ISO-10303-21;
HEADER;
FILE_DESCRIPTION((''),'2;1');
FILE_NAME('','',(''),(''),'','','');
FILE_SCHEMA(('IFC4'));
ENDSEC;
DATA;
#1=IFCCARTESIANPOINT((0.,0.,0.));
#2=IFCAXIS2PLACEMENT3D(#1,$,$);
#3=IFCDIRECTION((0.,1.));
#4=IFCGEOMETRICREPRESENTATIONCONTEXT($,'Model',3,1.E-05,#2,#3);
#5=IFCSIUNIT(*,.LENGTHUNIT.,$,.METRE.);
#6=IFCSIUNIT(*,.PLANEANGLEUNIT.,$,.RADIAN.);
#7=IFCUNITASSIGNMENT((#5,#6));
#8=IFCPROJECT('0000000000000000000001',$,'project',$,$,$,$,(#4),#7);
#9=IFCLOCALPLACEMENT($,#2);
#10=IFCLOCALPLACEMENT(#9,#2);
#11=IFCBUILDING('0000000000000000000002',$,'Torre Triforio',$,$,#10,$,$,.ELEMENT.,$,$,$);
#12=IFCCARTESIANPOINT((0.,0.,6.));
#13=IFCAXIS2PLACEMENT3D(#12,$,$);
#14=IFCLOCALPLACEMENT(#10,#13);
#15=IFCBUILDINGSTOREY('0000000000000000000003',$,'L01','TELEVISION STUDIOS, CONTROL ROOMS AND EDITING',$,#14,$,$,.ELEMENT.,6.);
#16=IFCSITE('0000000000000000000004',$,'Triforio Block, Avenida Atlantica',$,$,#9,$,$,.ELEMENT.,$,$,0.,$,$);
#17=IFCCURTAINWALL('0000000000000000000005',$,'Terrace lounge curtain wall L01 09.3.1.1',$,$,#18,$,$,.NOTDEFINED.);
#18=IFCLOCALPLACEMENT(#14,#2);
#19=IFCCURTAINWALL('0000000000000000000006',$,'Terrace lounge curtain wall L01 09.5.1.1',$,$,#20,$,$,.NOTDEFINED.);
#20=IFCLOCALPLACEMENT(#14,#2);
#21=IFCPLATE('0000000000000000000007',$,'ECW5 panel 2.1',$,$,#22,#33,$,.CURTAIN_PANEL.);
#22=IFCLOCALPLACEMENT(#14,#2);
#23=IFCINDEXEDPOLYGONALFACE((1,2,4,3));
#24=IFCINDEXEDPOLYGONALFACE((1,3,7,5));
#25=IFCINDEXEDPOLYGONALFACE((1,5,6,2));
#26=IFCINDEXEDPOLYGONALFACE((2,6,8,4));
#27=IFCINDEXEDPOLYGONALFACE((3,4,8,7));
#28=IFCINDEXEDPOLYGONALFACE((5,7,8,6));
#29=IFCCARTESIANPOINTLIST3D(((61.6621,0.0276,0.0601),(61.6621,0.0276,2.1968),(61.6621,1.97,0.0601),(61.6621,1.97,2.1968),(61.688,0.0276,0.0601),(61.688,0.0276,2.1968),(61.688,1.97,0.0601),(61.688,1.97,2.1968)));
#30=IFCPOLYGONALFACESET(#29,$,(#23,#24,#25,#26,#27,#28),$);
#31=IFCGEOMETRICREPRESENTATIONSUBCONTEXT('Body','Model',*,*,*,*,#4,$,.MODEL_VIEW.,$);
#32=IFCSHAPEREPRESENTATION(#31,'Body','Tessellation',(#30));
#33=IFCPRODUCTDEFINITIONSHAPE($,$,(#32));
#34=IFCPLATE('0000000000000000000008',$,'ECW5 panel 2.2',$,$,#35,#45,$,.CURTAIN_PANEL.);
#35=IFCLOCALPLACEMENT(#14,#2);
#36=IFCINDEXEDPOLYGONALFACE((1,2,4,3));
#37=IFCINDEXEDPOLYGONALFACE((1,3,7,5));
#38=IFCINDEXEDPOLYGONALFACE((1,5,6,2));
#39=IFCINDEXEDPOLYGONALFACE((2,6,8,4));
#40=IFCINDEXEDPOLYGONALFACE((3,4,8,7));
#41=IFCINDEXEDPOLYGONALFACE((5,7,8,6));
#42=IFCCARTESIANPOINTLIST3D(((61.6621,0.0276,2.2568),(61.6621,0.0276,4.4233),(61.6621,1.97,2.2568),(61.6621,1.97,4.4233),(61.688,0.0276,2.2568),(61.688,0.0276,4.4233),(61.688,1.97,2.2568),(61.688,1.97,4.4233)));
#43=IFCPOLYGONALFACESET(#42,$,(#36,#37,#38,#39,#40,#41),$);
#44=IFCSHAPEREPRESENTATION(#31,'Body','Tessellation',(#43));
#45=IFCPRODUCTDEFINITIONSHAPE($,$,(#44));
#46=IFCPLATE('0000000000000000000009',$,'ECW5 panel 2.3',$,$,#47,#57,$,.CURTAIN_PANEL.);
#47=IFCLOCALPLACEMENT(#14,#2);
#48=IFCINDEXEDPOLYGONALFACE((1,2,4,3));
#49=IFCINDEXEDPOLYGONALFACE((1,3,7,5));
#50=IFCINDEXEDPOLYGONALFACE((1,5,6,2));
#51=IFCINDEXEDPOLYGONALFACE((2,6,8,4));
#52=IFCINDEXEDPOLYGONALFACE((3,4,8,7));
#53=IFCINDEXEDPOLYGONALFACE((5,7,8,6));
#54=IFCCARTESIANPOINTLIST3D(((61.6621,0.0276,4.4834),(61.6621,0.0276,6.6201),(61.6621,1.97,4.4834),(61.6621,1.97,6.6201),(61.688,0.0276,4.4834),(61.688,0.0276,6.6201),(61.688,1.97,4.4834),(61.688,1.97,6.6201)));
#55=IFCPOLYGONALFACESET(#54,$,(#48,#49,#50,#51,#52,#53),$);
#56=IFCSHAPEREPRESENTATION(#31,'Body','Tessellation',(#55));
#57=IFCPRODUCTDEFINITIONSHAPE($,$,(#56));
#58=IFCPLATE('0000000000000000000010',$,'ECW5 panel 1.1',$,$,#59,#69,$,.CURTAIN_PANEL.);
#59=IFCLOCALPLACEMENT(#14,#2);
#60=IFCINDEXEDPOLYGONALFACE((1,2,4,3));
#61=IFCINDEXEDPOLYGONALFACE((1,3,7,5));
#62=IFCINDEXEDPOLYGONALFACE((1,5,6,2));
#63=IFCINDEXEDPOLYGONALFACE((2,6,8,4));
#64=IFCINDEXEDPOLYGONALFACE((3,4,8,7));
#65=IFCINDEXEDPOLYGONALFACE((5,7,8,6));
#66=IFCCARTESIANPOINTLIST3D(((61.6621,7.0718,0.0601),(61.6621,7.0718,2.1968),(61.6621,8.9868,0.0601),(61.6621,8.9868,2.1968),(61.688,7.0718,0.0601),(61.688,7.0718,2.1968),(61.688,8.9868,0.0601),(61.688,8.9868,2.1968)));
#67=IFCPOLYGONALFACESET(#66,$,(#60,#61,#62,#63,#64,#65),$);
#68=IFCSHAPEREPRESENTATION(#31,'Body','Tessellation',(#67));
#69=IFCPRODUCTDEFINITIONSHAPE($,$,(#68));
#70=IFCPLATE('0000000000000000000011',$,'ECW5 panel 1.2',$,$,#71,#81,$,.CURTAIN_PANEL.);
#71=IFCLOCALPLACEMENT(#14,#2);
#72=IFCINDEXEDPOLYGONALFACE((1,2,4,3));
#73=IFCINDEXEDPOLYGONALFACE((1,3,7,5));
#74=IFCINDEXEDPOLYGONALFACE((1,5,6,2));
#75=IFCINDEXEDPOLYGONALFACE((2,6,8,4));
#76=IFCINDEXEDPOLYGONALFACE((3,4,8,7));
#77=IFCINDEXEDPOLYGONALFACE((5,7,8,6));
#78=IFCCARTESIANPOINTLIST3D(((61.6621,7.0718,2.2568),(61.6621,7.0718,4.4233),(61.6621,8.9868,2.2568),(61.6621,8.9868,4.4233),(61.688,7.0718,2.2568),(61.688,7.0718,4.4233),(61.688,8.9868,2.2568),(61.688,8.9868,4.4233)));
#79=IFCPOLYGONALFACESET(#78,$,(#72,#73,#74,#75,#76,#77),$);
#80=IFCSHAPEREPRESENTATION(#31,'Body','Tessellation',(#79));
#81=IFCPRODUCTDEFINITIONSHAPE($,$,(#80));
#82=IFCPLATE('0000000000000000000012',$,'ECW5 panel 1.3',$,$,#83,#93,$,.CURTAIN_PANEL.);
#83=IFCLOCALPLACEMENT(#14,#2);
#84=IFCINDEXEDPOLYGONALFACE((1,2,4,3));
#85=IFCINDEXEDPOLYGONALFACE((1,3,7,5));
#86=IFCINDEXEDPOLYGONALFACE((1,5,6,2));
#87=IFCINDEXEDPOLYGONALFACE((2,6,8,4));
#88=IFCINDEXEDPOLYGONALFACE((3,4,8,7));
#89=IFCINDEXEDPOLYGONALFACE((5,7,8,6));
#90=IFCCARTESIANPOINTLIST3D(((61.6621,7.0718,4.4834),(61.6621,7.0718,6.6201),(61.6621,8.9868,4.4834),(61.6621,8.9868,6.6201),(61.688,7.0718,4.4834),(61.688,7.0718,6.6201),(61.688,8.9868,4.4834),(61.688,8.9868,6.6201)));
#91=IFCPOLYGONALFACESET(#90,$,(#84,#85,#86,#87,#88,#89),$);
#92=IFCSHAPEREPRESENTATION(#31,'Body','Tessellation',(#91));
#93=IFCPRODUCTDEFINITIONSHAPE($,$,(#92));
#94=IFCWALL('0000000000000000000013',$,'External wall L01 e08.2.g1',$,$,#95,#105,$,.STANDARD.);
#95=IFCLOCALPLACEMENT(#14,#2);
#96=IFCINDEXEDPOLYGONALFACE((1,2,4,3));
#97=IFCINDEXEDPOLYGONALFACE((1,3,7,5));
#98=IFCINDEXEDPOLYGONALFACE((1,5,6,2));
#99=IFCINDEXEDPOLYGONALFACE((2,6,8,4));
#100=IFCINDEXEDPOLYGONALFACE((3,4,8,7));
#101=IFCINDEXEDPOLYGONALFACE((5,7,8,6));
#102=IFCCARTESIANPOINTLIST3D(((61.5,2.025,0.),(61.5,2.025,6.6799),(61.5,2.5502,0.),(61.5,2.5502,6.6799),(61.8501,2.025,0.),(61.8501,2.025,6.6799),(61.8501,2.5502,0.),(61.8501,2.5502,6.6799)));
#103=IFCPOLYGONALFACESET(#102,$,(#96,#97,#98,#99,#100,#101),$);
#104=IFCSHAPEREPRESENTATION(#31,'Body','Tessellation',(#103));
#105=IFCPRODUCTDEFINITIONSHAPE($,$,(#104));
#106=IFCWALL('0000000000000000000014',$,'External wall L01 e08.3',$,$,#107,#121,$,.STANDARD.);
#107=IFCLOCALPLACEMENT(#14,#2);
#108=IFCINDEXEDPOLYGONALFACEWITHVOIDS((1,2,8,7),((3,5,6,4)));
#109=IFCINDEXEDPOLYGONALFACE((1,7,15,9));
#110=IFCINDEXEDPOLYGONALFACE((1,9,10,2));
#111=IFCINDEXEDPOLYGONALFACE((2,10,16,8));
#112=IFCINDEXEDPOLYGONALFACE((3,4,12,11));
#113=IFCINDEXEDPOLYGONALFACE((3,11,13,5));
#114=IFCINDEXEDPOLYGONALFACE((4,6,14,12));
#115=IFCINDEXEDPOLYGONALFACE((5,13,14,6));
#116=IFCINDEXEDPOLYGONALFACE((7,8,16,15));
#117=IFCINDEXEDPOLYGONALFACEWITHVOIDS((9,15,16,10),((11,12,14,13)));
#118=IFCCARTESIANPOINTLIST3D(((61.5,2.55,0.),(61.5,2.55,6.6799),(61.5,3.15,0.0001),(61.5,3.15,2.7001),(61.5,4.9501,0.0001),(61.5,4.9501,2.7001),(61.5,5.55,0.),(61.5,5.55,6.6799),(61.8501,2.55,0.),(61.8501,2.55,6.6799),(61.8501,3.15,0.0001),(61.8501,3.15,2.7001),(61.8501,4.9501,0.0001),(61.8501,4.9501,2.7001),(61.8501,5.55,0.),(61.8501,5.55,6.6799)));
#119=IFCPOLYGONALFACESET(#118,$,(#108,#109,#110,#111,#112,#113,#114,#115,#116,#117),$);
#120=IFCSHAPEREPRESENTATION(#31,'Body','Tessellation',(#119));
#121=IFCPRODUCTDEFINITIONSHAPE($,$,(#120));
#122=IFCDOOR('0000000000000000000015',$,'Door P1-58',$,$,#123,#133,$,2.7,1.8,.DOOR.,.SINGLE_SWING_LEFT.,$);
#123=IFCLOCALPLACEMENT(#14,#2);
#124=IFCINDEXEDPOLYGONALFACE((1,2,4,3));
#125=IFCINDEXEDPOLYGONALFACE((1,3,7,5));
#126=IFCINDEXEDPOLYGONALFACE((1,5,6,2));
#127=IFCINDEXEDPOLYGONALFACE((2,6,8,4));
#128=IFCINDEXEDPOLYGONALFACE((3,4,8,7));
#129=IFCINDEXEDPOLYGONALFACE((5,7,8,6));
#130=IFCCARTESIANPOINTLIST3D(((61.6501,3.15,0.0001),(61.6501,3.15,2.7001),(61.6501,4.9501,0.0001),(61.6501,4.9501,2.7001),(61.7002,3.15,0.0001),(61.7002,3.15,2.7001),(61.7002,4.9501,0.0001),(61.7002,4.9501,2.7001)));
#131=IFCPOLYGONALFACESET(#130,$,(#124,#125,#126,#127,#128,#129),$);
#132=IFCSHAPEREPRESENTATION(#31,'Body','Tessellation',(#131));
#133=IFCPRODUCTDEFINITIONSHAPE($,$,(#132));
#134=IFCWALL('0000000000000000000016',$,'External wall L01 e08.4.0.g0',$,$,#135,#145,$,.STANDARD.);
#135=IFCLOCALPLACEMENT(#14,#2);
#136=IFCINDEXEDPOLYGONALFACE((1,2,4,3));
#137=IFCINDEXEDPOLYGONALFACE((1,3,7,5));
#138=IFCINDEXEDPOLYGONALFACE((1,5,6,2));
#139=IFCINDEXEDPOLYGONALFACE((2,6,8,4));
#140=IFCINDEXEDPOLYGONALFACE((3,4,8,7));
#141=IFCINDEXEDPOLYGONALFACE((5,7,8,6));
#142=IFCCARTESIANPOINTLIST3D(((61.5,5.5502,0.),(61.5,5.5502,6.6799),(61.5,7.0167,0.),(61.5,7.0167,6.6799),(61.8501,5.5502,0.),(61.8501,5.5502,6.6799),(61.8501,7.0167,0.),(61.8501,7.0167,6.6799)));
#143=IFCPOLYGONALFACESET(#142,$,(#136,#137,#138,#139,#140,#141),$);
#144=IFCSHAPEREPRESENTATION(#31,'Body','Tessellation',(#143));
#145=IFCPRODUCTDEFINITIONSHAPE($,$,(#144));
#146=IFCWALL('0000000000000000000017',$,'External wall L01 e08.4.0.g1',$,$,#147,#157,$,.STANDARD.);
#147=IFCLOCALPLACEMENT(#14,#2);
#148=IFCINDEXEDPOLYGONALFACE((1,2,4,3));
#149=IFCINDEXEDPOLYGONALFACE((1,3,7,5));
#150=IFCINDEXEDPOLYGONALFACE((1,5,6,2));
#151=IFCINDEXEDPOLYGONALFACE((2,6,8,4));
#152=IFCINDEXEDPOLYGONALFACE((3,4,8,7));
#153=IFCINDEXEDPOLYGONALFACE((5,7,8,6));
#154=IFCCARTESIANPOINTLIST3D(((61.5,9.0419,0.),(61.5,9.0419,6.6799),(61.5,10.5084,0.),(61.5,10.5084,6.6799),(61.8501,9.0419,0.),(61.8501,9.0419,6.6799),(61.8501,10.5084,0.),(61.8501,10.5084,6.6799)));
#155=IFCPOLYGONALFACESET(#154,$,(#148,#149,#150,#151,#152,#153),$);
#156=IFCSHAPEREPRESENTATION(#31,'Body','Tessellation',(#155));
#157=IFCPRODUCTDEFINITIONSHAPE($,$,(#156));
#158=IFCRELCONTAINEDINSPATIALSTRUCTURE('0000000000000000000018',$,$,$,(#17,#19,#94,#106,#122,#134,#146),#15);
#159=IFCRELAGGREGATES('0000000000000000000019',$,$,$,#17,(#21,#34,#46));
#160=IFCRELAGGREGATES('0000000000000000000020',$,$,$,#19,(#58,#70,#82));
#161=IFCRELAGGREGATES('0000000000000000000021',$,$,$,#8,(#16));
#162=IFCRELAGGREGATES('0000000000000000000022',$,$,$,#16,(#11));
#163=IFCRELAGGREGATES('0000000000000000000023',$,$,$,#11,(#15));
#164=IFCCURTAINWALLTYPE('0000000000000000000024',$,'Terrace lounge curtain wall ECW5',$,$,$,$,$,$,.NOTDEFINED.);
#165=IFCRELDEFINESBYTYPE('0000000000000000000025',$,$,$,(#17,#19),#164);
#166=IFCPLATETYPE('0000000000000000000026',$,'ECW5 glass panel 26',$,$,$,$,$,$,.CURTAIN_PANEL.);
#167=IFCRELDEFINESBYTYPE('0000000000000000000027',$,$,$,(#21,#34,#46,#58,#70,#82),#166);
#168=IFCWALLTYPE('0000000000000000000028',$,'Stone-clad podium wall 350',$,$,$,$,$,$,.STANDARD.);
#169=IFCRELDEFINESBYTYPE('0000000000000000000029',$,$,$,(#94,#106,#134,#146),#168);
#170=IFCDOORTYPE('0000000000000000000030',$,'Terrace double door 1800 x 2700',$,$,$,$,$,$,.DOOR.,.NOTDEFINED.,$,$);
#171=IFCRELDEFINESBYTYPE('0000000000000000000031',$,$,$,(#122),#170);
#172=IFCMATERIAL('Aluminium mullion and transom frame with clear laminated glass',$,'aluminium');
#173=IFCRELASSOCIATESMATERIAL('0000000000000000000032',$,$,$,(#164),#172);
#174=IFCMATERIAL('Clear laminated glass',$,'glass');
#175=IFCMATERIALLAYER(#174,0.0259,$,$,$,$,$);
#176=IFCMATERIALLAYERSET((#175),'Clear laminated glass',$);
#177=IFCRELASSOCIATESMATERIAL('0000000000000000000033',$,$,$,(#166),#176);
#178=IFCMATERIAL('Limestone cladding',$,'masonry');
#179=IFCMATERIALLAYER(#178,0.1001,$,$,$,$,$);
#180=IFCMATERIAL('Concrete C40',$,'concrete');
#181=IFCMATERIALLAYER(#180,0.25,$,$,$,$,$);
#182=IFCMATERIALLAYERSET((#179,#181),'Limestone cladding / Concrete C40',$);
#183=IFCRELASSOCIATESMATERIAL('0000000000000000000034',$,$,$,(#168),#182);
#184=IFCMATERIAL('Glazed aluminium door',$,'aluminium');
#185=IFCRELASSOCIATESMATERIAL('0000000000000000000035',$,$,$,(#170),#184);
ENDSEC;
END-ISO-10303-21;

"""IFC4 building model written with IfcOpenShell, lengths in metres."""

from ifc_helpers import new_model, si_unit, direction, frame, frame_2d, origin, origin_2d, place, context, subcontext, project, spatial, rectangle, extrude, material, layer, layer_set, type_object, element, fill, aggregate, save


model = new_model("IFC4")

# Units and contexts
model_context = context("Model", 3, precision=1e-05, world=origin(), true_north=direction((0.0, 1.0)))
body_context = subcontext(model_context, "Body", "Model", "MODEL_VIEW")
ifc_project = project(units=[si_unit("LENGTHUNIT", "METRE"), si_unit("PLANEANGLEUNIT", "RADIAN")], contexts=[model_context])

# Site, building, storey
site_placement = place(None, origin())
site = spatial("IfcSite", under=ifc_project, at=site_placement, Name="Triforio Block, Avenida Atlantica", CompositionType="ELEMENT", RefElevation=0.0)
building_placement = place(site_placement, origin())
building = spatial("IfcBuilding", under=site, at=building_placement, Name="Torre Triforio", CompositionType="ELEMENT")
storey_placement = place(building_placement, frame((0.0, 0.0, 6.0)))
storey = spatial("IfcBuildingStorey", under=building, at=storey_placement, Name="L01", Description="TELEVISION STUDIOS, CONTROL ROOMS AND EDITING", CompositionType="ELEMENT", Elevation=6.0)

# Curtain wall
ifc_material_1 = material(Name="Aluminium mullion and transom frame with clear laminated glass", Category="aluminium")
curtain_wall_type = type_object("IfcCurtainWallType", Name="Terrace lounge curtain wall ECW5", PredefinedType="NOTDEFINED", material=ifc_material_1)
curtain_wall_1_placement = place(storey_placement, origin())
curtain_wall_1 = element("IfcCurtainWall", 1, at=curtain_wall_1_placement, inside=storey, type_object=curtain_wall_type, Name="Terrace lounge curtain wall L01 09.3.1.1", PredefinedType="NOTDEFINED")

# Curtain wall
curtain_wall_2_placement = place(storey_placement, origin())
curtain_wall_2 = element("IfcCurtainWall", 2, at=curtain_wall_2_placement, inside=storey, type_object=curtain_wall_type, Name="Terrace lounge curtain wall L01 09.5.1.1", PredefinedType="NOTDEFINED")

# Plates
ifc_material_2 = material(Name="Clear laminated glass", Category="glass")
ifc_layer_1 = layer(ifc_material_2, 0.0259)
ifc_layer_set_1 = layer_set([ifc_layer_1], Name="Clear laminated glass")
plate_type = type_object("IfcPlateType", Name="ECW5 glass panel 26", PredefinedType="CURTAIN_PANEL", material=ifc_layer_set_1)
plate_1_placement = place(storey_placement, frame((61.675, 0.9988, 0.0601), z_axis=(0.0, 0.0, 1.0), x_axis=(0.0, 1.0, 0.0)))
plate_1 = element("IfcPlate", 3, at=plate_1_placement, type_object=plate_type, Name="ECW5 panel 2.1", PredefinedType="CURTAIN_PANEL", context=body_context, shape_type="SweptSolid", body=[
    extrude(rectangle(XDim=1.9424, YDim=0.0259, at=origin_2d()), origin(), (0.0, 0.0, 1.0), 2.1367),
])
plate_2_placement = place(storey_placement, frame((61.675, 0.9988, 2.2568), z_axis=(0.0, 0.0, 1.0), x_axis=(0.0, 1.0, 0.0)))
plate_2 = element("IfcPlate", 4, at=plate_2_placement, type_object=plate_type, Name="ECW5 panel 2.2", PredefinedType="CURTAIN_PANEL", context=body_context, shape_type="SweptSolid", body=[
    extrude(rectangle(XDim=1.9424, YDim=0.0259, at=origin_2d()), origin(), (0.0, 0.0, 1.0), 2.1665),
])
plate_3_placement = place(storey_placement, frame((61.675, 0.9988, 4.4834), z_axis=(0.0, 0.0, 1.0), x_axis=(0.0, 1.0, 0.0)))
plate_3 = element("IfcPlate", 5, at=plate_3_placement, type_object=plate_type, Name="ECW5 panel 2.3", PredefinedType="CURTAIN_PANEL", context=body_context, shape_type="SweptSolid", body=[
    extrude(rectangle(XDim=1.9424, YDim=0.0259, at=origin_2d()), origin(), (0.0, 0.0, 1.0), 2.1367),
])
aggregate(curtain_wall_1, [plate_1, plate_2, plate_3])
plate_4_placement = place(storey_placement, frame((61.675, 8.0293, 0.0601), z_axis=(0.0, 0.0, 1.0), x_axis=(0.0, 1.0, 0.0)))
plate_4 = element("IfcPlate", 6, at=plate_4_placement, type_object=plate_type, Name="ECW5 panel 1.1", PredefinedType="CURTAIN_PANEL", context=body_context, shape_type="SweptSolid", body=[
    extrude(rectangle(XDim=1.915, YDim=0.0259, at=origin_2d()), origin(), (0.0, 0.0, 1.0), 2.1367),
])
plate_5_placement = place(storey_placement, frame((61.675, 8.0293, 2.2568), z_axis=(0.0, 0.0, 1.0), x_axis=(0.0, 1.0, 0.0)))
plate_5 = element("IfcPlate", 7, at=plate_5_placement, type_object=plate_type, Name="ECW5 panel 1.2", PredefinedType="CURTAIN_PANEL", context=body_context, shape_type="SweptSolid", body=[
    extrude(rectangle(XDim=1.915, YDim=0.0259, at=origin_2d()), origin(), (0.0, 0.0, 1.0), 2.1665),
])
plate_6_placement = place(storey_placement, frame((61.675, 8.0293, 4.4834), z_axis=(0.0, 0.0, 1.0), x_axis=(0.0, 1.0, 0.0)))
plate_6 = element("IfcPlate", 8, at=plate_6_placement, type_object=plate_type, Name="ECW5 panel 1.3", PredefinedType="CURTAIN_PANEL", context=body_context, shape_type="SweptSolid", body=[
    extrude(rectangle(XDim=1.915, YDim=0.0259, at=origin_2d()), origin(), (0.0, 0.0, 1.0), 2.1367),
])
aggregate(curtain_wall_2, [plate_4, plate_5, plate_6])

# Wall
ifc_material_3 = material(Name="Limestone cladding", Category="masonry")
ifc_layer_2 = layer(ifc_material_3, 0.1001)
ifc_material_4 = material(Name="Concrete C40", Category="concrete")
ifc_layer_3 = layer(ifc_material_4, 0.25)
ifc_layer_set_2 = layer_set([ifc_layer_2, ifc_layer_3], Name="Limestone cladding / Concrete C40")
wall_type = type_object("IfcWallType", Name="Stone-clad podium wall 350", PredefinedType="STANDARD", material=ifc_layer_set_2)
wall_1_placement = place(storey_placement, frame((61.675, 2.0249, 0.0), z_axis=(0.0, 0.0, 1.0), x_axis=(0.0, 1.0, 0.0)))
element("IfcWall", 9, at=wall_1_placement, inside=storey, type_object=wall_type, Name="External wall L01 e08.2.g1", PredefinedType="STANDARD", context=body_context, shape_type="SweptSolid", body=[
    extrude(rectangle(XDim=0.5251, YDim=0.3501, at=frame_2d((0.2627, 0.0))), origin(), (0.0, 0.0, 1.0), 6.6799),
])

# Wall, opening, door
wall_2_placement = place(storey_placement, frame((61.675, 2.55, 0.0), z_axis=(0.0, 0.0, 1.0), x_axis=(0.0, 1.0, 0.0)))
wall_2 = element("IfcWall", 10, at=wall_2_placement, inside=storey, type_object=wall_type, Name="External wall L01 e08.3", PredefinedType="STANDARD", context=body_context, shape_type="SweptSolid", body=[
    extrude(rectangle(XDim=3.0, YDim=0.3501, at=frame_2d((1.5, 0.0))), origin(), (0.0, 0.0, 1.0), 6.6799),
])
opening_placement = place(wall_2_placement, frame((0.6001, 0.0, 0.0)))
opening = element("IfcOpeningElement", 11, at=opening_placement, cuts=wall_2, PredefinedType="OPENING", context=body_context, shape_type="SweptSolid", body=[
    extrude(rectangle(XDim=1.8, YDim=2.7, at=frame_2d((0.8999, 1.3501))), frame((0.0, 0.1851, 0.0), z_axis=(0.0, -1.0, 0.0), x_axis=(1.0, 0.0, 0.0)), (0.0, 0.0, 1.0), 0.3701),
])
ifc_material_5 = material(Name="Glazed aluminium door", Category="aluminium")
door_type = type_object("IfcDoorType", Name="Terrace double door 1800 x 2700", OperationType="NOTDEFINED", PredefinedType="DOOR", material=ifc_material_5)
door_placement = place(opening_placement, origin())
door = element("IfcDoor", 12, at=door_placement, inside=storey, type_object=door_type, Name="Door P1-58", OperationType="SINGLE_SWING_LEFT", OverallHeight=2.7, OverallWidth=1.8, PredefinedType="DOOR", context=body_context, shape_type="SweptSolid", body=[
    extrude(rectangle(XDim=1.8, YDim=2.7, at=frame_2d((0.8999, 1.3501))), frame((0.0, 0.0249, 0.0), z_axis=(0.0, -1.0, 0.0), x_axis=(1.0, 0.0, 0.0)), (0.0, 0.0, 1.0), 0.05),
])
fill(opening, door)

# Walls
for number, where, z_axis, x_axis, name in (
    (13, (61.675, 5.55, 0.0), (0.0, 0.0, 1.0), (0.0, 1.0, 0.0), "External wall L01 e08.4.0.g0"),
    (14, (61.675, 9.0417, 0.0), (0.0, 0.0, 1.0), (0.0, 1.0, 0.0), "External wall L01 e08.4.0.g1"),
):
    element("IfcWall", number, at=place(storey_placement, frame(where, z_axis=z_axis, x_axis=x_axis)), inside=storey, type_object=wall_type, Name=name, PredefinedType="STANDARD", context=body_context, shape_type="SweptSolid", body=[
        extrude(rectangle(XDim=1.4666, YDim=0.3501, at=frame_2d((0.7334, 0.0))), origin(), (0.0, 0.0, 1.0), 6.6799),
    ])

save(model, "model.ifc")
